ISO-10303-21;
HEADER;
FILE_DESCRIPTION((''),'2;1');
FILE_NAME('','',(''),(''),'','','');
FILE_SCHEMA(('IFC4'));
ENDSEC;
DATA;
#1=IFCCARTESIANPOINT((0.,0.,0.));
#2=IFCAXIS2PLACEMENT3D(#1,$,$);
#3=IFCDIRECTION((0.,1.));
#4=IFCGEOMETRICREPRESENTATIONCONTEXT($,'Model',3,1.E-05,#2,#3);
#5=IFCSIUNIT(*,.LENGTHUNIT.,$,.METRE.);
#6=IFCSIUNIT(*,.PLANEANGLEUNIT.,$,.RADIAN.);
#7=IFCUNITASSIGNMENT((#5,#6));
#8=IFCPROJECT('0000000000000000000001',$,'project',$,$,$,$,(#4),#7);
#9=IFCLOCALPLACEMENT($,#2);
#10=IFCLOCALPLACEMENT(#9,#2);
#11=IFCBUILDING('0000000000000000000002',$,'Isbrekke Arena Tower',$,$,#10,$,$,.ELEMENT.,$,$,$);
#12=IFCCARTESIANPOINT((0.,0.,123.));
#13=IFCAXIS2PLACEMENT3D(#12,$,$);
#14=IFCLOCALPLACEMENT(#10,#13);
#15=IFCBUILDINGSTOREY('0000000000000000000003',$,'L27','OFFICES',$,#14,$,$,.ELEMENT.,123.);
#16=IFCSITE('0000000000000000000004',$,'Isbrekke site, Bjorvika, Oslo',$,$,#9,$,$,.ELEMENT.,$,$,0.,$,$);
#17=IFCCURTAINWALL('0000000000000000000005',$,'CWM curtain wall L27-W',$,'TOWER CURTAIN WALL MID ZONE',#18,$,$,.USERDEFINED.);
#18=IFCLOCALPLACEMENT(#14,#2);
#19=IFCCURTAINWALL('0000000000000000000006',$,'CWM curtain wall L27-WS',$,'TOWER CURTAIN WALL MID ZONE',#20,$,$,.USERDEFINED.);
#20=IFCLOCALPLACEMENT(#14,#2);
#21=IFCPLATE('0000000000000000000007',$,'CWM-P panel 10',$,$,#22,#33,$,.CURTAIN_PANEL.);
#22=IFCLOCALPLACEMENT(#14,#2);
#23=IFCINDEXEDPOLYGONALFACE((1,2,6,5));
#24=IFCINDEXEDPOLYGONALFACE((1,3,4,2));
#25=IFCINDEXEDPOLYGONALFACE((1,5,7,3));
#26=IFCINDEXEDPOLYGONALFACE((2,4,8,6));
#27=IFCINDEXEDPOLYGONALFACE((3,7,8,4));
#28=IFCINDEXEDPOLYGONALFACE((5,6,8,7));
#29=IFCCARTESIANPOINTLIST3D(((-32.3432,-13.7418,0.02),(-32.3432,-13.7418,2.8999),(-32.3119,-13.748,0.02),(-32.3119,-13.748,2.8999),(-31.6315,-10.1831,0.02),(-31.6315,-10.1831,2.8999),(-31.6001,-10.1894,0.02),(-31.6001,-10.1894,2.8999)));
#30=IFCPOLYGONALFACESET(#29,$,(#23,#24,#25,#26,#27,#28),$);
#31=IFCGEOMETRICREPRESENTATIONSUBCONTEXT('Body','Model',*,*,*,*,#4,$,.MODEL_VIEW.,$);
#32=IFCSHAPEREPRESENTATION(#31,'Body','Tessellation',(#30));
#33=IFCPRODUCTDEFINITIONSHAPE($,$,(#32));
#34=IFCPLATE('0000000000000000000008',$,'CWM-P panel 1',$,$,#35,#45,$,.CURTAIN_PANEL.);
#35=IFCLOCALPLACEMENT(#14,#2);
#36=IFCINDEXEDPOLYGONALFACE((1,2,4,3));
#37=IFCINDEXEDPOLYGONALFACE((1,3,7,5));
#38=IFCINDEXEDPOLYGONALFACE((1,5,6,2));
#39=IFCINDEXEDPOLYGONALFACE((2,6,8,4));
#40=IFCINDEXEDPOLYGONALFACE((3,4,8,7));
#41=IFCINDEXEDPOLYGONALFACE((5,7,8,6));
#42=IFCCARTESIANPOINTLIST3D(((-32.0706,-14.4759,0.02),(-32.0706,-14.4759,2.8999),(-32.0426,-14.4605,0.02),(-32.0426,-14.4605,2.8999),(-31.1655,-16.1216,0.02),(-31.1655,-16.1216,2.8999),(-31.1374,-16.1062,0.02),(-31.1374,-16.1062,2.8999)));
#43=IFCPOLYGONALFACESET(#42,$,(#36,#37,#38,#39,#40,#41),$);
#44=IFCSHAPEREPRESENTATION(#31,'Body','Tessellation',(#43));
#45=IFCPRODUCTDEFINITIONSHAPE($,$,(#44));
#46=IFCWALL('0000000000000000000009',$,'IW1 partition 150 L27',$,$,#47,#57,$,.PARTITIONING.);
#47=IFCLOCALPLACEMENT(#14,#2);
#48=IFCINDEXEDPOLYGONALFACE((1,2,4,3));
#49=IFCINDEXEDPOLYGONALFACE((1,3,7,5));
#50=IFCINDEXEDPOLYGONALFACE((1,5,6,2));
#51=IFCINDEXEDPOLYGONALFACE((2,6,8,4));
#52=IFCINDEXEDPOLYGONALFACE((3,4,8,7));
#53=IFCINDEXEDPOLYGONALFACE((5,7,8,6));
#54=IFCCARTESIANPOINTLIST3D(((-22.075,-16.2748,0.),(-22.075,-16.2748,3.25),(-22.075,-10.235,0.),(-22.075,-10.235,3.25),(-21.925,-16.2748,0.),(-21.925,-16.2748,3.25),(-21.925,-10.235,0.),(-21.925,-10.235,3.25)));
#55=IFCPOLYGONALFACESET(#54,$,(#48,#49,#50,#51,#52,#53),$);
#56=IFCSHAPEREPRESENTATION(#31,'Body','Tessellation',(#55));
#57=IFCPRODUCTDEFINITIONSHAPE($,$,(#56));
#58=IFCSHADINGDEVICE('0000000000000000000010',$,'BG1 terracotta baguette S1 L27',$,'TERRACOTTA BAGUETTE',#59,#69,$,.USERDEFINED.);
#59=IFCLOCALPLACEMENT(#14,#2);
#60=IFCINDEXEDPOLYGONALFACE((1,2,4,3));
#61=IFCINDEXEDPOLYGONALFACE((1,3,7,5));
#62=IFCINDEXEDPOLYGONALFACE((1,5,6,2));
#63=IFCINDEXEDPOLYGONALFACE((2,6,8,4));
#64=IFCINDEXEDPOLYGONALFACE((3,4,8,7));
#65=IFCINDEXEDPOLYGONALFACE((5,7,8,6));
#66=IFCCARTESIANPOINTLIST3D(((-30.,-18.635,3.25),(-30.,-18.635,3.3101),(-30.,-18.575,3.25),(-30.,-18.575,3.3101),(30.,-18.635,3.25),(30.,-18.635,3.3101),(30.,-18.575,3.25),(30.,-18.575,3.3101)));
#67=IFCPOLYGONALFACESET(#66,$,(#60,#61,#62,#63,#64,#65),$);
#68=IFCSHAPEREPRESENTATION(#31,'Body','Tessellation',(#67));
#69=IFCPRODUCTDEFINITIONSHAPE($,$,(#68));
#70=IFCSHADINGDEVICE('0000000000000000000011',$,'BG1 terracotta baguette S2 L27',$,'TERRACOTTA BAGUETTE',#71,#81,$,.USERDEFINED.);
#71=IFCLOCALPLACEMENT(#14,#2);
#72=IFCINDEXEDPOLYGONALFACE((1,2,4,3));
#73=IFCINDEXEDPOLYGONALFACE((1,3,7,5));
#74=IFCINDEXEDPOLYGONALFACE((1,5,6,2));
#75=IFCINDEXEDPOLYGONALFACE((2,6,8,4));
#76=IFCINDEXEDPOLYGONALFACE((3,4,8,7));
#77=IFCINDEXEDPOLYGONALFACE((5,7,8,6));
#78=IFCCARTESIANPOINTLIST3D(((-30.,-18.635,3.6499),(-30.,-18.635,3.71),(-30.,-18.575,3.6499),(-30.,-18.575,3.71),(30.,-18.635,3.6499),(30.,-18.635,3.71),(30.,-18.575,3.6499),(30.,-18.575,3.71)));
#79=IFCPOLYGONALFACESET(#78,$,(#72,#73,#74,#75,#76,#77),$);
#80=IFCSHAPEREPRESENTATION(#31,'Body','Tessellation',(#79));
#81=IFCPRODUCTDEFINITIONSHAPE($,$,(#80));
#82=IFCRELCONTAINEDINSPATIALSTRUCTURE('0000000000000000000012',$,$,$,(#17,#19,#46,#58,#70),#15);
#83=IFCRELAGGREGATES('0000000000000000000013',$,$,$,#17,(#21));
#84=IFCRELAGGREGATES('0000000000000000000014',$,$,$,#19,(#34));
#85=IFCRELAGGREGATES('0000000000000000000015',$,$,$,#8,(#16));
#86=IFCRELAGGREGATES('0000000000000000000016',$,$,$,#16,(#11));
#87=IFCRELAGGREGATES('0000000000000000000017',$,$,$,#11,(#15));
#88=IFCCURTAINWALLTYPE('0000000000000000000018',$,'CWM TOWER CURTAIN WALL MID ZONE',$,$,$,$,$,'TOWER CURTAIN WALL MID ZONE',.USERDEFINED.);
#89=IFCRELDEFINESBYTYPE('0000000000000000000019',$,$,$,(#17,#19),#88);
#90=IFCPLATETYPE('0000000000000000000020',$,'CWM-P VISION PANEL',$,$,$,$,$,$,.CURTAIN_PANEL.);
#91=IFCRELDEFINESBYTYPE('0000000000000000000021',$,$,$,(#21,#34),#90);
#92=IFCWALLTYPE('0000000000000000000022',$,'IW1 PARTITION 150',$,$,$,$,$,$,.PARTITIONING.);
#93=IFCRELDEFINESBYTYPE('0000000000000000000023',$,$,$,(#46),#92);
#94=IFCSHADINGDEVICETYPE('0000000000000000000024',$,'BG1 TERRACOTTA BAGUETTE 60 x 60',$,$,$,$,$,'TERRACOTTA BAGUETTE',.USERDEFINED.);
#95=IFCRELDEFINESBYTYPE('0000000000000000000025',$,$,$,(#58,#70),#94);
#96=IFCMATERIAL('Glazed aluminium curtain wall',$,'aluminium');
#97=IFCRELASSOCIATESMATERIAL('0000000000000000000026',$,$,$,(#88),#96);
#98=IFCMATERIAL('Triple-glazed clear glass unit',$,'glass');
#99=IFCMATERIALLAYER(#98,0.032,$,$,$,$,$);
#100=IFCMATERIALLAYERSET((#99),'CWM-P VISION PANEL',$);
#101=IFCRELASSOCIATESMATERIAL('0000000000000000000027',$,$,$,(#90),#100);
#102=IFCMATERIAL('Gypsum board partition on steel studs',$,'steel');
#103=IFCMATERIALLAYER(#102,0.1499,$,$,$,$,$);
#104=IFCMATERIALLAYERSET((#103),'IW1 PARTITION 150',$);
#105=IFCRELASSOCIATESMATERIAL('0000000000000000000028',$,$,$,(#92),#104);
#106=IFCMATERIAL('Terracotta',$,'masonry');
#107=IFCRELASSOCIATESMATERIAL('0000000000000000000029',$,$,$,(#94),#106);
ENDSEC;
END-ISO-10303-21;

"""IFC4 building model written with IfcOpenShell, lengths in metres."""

from ifc_helpers import new_model, si_unit, direction, frame, frame_2d, origin, origin_2d, place, context, subcontext, project, spatial, rectangle, extrude, material, layer, layer_set, material_profile, profile_set, type_object, element, aggregate, save


model = new_model("IFC4")

# Units and contexts
model_context = context("Model", 3, precision=1e-05, world=origin(), true_north=direction((0.0, 1.0)))
body_context = subcontext(model_context, "Body", "Model", "MODEL_VIEW")
ifc_project = project(units=[si_unit("LENGTHUNIT", "METRE"), si_unit("PLANEANGLEUNIT", "RADIAN")], contexts=[model_context])

# Site, building, storey
site_placement = place(None, origin())
site = spatial("IfcSite", under=ifc_project, at=site_placement, Name="Isbrekke site, Bjorvika, Oslo", CompositionType="ELEMENT", RefElevation=0.0)
building_placement = place(site_placement, origin())
building = spatial("IfcBuilding", under=site, at=building_placement, Name="Isbrekke Arena Tower", CompositionType="ELEMENT")
storey_placement = place(building_placement, frame((0.0, 0.0, 123.0)))
storey = spatial("IfcBuildingStorey", under=building, at=storey_placement, Name="L27", Description="OFFICES", CompositionType="ELEMENT", Elevation=123.0)

# Shared definitions
ifc_material_1 = material(Name="Glazed aluminium curtain wall", Category="aluminium")
curtain_wall_type = type_object("IfcCurtainWallType", Name="CWM TOWER CURTAIN WALL MID ZONE", ElementType="TOWER CURTAIN WALL MID ZONE", PredefinedType="USERDEFINED", material=ifc_material_1)

# Curtain wall
curtain_wall_1_placement = place(storey_placement, origin())
curtain_wall_1 = element("IfcCurtainWall", 1, at=curtain_wall_1_placement, inside=storey, type_object=curtain_wall_type, Name="CWM curtain wall L27-W", ObjectType="TOWER CURTAIN WALL MID ZONE", PredefinedType="USERDEFINED")

# Curtain wall
curtain_wall_2_placement = place(storey_placement, origin())
curtain_wall_2 = element("IfcCurtainWall", 2, at=curtain_wall_2_placement, inside=storey, type_object=curtain_wall_type, Name="CWM curtain wall L27-WS", ObjectType="TOWER CURTAIN WALL MID ZONE", PredefinedType="USERDEFINED")

# Plates
ifc_material_2 = material(Name="Triple-glazed clear glass unit", Category="glass")
ifc_layer_1 = layer(ifc_material_2, 0.032)
ifc_layer_set_1 = layer_set([ifc_layer_1], Name="CWM-P VISION PANEL")
plate_type = type_object("IfcPlateType", Name="CWM-P VISION PANEL", PredefinedType="CURTAIN_PANEL", material=ifc_layer_set_1)
plate_1_placement = place(storey_placement, frame((-31.9717, -11.9656, 0.02), z_axis=(0.0, 0.0, 1.0), x_axis=(-0.196116, -0.980581, 0.0)))
plate_1 = element("IfcPlate", 3, at=plate_1_placement, type_object=plate_type, Name="CWM-P panel 10", PredefinedType="CURTAIN_PANEL", context=body_context, shape_type="SweptSolid", body=[
    extrude(rectangle(XDim=3.6292, YDim=0.032, at=origin_2d()), origin(), (0.0, 0.0, 1.0), 2.8799),
])
aggregate(curtain_wall_1, [plate_1])
plate_2_placement = place(storey_placement, frame((-31.604, -15.291, 0.02), z_axis=(0.0, 0.0, 1.0), x_axis=(0.481919, -0.876216, 0.0)))
plate_2 = element("IfcPlate", 4, at=plate_2_placement, type_object=plate_type, Name="CWM-P panel 1", PredefinedType="CURTAIN_PANEL", context=body_context, shape_type="SweptSolid", body=[
    extrude(rectangle(XDim=1.8782, YDim=0.032, at=origin_2d()), origin(), (0.0, 0.0, 1.0), 2.8799),
])
aggregate(curtain_wall_2, [plate_2])

# Wall
ifc_material_3 = material(Name="Gypsum board partition on steel studs", Category="steel")
ifc_layer_2 = layer(ifc_material_3, 0.1499)
ifc_layer_set_2 = layer_set([ifc_layer_2], Name="IW1 PARTITION 150")
wall_type = type_object("IfcWallType", Name="IW1 PARTITION 150", PredefinedType="PARTITIONING", material=ifc_layer_set_2)
wall_placement = place(storey_placement, frame((-22.0, -16.2749, 0.0), z_axis=(0.0, 0.0, 1.0), x_axis=(0.0, 1.0, 0.0)))
element("IfcWall", 5, at=wall_placement, inside=storey, type_object=wall_type, Name="IW1 partition 150 L27", PredefinedType="PARTITIONING", context=body_context, shape_type="SweptSolid", body=[
    extrude(rectangle(XDim=6.0398, YDim=0.1499, at=frame_2d((3.02, 0.0))), origin(), (0.0, 0.0, 1.0), 3.25),
])

# Shading devices
ifc_material_4 = material(Name="Terracotta", Category="masonry")
ifc_material_profile_1 = material_profile(ifc_material_4, rectangle(XDim=0.0601, YDim=0.0601, at=origin_2d()), Name="BAGUETTE 60X60")
ifc_profile_set_1 = profile_set([ifc_material_profile_1], Name="Terracotta")
shading_device_type = type_object("IfcShadingDeviceType", Name="BG1 TERRACOTTA BAGUETTE 60 x 60", ElementType="TERRACOTTA BAGUETTE", PredefinedType="USERDEFINED", material=ifc_profile_set_1)
for number, where, z_axis, x_axis, name in (
    (6, (-30.0, -18.605, 3.28), (1.0, 0.0, 0.0), (0.0, 1.0, 0.0), "BG1 terracotta baguette S1 L27"),
    (7, (-30.0, -18.605, 3.6799), (1.0, 0.0, 0.0), (0.0, 1.0, 0.0), "BG1 terracotta baguette S2 L27"),
):
    element("IfcShadingDevice", number, at=place(storey_placement, frame(where, z_axis=z_axis, x_axis=x_axis)), inside=storey, type_object=shading_device_type, Name=name, ObjectType="TERRACOTTA BAGUETTE", PredefinedType="USERDEFINED", context=body_context, shape_type="SweptSolid", body=[
        extrude(rectangle(XDim=0.0601, YDim=0.0601, at=origin_2d()), origin(), (0.0, 0.0, 1.0), 60.0),
    ])

save(model, "model.ifc")
